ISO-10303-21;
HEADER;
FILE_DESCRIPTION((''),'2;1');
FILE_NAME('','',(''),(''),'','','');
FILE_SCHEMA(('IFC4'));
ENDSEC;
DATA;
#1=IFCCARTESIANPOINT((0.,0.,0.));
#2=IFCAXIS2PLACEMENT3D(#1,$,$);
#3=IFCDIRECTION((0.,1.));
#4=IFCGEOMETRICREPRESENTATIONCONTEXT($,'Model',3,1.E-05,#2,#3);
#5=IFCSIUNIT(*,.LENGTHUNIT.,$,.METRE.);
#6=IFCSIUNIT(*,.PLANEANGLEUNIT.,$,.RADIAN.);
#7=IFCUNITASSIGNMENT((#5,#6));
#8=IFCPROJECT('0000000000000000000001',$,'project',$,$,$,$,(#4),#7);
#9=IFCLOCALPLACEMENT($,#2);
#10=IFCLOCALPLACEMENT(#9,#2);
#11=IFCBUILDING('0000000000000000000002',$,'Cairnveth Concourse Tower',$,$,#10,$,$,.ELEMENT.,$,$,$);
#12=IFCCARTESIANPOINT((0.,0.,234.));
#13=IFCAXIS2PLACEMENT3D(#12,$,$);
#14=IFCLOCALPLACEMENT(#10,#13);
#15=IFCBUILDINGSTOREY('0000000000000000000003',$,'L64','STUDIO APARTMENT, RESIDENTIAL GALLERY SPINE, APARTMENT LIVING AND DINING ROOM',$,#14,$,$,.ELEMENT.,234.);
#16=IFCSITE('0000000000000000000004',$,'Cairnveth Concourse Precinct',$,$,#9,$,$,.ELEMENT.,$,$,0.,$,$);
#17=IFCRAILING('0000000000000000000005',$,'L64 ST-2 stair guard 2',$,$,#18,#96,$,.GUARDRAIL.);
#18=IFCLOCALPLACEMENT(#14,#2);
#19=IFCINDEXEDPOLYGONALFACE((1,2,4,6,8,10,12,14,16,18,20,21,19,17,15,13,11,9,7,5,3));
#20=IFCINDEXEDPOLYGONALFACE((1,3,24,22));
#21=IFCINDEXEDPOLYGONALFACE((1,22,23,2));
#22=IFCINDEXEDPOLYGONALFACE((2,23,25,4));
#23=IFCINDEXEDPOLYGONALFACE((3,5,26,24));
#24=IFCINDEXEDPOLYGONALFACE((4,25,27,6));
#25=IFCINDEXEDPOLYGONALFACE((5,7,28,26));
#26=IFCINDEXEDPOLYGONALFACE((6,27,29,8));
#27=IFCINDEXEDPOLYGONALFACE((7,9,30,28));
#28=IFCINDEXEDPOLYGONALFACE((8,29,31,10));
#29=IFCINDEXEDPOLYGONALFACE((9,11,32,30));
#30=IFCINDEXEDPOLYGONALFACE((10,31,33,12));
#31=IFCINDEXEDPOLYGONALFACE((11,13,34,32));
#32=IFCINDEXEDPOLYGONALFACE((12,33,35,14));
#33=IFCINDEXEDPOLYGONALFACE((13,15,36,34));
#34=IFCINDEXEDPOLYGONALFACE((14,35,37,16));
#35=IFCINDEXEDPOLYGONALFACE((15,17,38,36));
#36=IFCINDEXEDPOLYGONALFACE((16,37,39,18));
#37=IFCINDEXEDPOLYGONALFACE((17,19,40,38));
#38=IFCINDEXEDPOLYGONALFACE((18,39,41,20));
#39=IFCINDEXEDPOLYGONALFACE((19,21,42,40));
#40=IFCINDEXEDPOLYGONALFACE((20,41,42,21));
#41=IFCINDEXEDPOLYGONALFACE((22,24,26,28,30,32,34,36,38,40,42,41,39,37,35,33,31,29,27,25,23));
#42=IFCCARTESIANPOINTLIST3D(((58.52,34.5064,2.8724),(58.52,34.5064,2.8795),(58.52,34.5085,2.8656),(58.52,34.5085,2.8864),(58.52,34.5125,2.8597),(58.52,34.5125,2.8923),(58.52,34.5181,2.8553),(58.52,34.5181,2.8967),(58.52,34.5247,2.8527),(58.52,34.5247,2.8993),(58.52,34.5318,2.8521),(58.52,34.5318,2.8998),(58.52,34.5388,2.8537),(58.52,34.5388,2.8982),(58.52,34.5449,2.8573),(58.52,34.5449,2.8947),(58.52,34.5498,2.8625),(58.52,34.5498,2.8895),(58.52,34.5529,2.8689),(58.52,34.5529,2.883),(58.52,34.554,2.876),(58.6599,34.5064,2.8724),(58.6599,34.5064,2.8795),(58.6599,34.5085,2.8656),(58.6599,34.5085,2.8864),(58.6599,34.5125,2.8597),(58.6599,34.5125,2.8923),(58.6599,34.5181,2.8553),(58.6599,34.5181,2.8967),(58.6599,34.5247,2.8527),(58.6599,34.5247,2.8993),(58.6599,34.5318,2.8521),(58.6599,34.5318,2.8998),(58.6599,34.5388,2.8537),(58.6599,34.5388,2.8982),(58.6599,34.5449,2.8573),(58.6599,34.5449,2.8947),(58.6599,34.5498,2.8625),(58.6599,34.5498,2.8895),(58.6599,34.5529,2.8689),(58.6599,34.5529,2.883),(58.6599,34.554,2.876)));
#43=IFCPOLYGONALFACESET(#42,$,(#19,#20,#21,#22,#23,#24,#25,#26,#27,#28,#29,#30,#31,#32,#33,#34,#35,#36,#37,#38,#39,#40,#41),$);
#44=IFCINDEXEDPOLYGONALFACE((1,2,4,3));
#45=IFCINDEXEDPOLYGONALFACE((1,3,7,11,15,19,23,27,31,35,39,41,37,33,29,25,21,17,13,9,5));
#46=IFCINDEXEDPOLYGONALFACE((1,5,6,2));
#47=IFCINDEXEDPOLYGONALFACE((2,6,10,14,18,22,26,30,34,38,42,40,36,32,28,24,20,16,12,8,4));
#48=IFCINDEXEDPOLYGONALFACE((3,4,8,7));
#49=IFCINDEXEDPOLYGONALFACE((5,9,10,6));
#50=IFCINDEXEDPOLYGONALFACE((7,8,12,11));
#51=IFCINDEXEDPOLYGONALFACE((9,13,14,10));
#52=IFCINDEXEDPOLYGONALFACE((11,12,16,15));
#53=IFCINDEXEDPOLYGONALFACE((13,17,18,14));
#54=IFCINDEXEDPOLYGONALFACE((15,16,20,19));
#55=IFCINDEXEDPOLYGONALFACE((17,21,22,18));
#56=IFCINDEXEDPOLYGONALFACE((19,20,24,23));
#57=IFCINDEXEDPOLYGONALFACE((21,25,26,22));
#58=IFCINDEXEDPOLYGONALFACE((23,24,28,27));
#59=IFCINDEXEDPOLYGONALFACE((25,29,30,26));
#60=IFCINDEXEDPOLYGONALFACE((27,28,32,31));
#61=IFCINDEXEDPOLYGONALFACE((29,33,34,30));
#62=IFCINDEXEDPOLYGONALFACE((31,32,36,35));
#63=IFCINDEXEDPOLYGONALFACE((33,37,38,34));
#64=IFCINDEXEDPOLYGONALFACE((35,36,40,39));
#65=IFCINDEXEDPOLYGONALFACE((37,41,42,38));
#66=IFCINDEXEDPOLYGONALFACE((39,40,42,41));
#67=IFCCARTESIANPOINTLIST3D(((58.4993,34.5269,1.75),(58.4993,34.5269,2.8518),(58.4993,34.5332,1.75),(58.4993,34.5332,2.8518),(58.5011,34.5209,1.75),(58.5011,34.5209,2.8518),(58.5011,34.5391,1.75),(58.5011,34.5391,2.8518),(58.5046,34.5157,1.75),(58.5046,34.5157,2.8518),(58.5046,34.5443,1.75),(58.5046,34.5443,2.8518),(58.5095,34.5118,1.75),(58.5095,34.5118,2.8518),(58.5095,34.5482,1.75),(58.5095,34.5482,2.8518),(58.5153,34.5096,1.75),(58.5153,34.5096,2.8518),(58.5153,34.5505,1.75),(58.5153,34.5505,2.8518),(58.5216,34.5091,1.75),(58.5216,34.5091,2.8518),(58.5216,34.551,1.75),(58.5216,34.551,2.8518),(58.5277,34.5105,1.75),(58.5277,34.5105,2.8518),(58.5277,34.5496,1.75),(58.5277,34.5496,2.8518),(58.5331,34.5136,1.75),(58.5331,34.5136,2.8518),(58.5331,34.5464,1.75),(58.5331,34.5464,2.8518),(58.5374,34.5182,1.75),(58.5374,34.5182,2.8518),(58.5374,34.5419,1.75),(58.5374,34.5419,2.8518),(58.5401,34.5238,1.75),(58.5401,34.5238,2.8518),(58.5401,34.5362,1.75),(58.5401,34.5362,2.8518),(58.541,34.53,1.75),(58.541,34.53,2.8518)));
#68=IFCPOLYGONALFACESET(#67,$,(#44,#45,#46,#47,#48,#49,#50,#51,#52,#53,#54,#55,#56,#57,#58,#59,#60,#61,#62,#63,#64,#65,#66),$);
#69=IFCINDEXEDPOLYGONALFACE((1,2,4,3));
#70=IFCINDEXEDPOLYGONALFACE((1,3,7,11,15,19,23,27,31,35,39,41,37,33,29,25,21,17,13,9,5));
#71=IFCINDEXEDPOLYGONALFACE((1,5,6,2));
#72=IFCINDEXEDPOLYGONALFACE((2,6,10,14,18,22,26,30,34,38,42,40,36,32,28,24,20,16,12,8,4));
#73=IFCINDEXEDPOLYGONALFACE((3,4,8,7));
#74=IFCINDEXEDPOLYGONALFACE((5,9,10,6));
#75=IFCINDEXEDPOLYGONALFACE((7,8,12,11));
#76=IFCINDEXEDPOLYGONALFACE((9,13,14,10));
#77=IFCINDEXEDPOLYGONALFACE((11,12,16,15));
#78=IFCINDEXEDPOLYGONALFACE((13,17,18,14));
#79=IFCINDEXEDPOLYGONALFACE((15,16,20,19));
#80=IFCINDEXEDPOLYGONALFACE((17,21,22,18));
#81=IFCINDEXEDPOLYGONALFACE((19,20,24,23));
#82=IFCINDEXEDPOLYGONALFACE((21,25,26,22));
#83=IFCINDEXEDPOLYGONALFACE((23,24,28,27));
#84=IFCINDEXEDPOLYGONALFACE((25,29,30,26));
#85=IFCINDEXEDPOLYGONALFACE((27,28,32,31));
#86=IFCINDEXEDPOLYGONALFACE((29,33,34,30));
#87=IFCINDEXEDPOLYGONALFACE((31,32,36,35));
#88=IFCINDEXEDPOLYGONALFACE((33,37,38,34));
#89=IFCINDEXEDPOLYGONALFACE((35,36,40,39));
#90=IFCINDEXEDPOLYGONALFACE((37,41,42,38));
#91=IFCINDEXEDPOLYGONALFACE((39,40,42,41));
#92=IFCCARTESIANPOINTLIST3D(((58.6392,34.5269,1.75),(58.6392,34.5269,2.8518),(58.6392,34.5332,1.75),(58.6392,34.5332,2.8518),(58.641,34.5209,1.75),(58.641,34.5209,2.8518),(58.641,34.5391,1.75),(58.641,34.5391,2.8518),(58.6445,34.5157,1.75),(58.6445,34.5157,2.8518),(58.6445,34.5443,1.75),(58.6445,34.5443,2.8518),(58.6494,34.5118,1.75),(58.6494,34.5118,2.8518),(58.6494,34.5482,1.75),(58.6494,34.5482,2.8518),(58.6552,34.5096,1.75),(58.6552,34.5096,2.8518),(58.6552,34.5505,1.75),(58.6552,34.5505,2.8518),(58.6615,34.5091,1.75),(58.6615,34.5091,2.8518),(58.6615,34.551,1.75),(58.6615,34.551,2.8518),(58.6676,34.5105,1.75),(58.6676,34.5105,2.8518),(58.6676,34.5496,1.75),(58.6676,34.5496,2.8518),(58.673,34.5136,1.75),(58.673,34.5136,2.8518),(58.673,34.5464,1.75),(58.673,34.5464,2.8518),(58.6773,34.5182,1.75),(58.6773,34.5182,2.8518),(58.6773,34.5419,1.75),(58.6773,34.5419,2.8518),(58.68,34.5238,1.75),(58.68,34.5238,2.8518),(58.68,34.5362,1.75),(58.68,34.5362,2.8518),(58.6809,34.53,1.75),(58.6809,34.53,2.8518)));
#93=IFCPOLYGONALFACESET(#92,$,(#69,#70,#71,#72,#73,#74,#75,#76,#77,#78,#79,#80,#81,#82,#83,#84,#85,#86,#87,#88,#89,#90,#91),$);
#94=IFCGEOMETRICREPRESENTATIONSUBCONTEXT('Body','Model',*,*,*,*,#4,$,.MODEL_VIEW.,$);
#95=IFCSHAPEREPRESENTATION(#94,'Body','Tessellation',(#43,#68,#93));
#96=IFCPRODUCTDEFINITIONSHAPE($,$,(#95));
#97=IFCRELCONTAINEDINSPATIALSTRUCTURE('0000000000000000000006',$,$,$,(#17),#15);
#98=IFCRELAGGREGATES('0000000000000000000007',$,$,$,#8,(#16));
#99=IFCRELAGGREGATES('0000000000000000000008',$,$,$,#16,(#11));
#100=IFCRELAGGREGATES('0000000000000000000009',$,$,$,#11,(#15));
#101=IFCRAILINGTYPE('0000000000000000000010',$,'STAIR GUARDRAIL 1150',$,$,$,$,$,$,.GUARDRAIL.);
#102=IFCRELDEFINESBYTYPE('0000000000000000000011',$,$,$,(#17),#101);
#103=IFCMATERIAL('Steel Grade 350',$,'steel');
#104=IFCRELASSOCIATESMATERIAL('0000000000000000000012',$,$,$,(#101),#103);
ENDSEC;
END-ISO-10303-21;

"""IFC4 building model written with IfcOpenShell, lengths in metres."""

from ifc_helpers import new_model, si_unit, direction, frame, origin, origin_2d, place, context, subcontext, project, spatial, circle, extrude, material, type_object, element, save


model = new_model("IFC4")

# Units and contexts
model_context = context("Model", 3, precision=1e-05, world=origin(), true_north=direction((0.0, 1.0)))
body_context = subcontext(model_context, "Body", "Model", "MODEL_VIEW")
ifc_project = project(units=[si_unit("LENGTHUNIT", "METRE"), si_unit("PLANEANGLEUNIT", "RADIAN")], contexts=[model_context])

# Site, building, storey
site_placement = place(None, origin())
site = spatial("IfcSite", under=ifc_project, at=site_placement, Name="Cairnveth Concourse Precinct", CompositionType="ELEMENT", RefElevation=0.0)
building_placement = place(site_placement, origin())
building = spatial("IfcBuilding", under=site, at=building_placement, Name="Cairnveth Concourse Tower", CompositionType="ELEMENT")
storey_placement = place(building_placement, frame((0.0, 0.0, 234.0)))
storey = spatial("IfcBuildingStorey", under=building, at=storey_placement, Name="L64", Description="STUDIO APARTMENT, RESIDENTIAL GALLERY SPINE, APARTMENT LIVING AND DINING ROOM", CompositionType="ELEMENT", Elevation=234.0)

# Shared definitions
ifc_material_1 = material(Name="Steel Grade 350", Category="steel")

# Railing
railing_type_1 = type_object("IfcRailingType", Name="STAIR GUARDRAIL 1150", PredefinedType="GUARDRAIL", material=ifc_material_1)
railing_1_placement = place(storey_placement, frame((58.52, 34.53, 1.75)))
element("IfcRailing", 1, at=railing_1_placement, inside=storey, type_object=railing_type_1, Name="L64 ST-2 stair guard 2", PredefinedType="GUARDRAIL", context=body_context, shape_type="SweptSolid", body=[
    extrude(circle(Radius=0.0239, at=origin_2d()), frame((0.0, 0.0, 1.126), z_axis=(1.0, 0.0, 0.0), x_axis=(0.0, 1.0, 0.0)), (0.0, 0.0, 1.0), 0.1399),
    extrude(circle(Radius=0.021, at=origin_2d()), origin(), (0.0, 0.0, 1.0), 1.1018),
    extrude(circle(Radius=0.021, at=origin_2d()), frame((0.1399, 0.0, 0.0)), (0.0, 0.0, 1.0), 1.1018),
])

save(model, "model.ifc")
